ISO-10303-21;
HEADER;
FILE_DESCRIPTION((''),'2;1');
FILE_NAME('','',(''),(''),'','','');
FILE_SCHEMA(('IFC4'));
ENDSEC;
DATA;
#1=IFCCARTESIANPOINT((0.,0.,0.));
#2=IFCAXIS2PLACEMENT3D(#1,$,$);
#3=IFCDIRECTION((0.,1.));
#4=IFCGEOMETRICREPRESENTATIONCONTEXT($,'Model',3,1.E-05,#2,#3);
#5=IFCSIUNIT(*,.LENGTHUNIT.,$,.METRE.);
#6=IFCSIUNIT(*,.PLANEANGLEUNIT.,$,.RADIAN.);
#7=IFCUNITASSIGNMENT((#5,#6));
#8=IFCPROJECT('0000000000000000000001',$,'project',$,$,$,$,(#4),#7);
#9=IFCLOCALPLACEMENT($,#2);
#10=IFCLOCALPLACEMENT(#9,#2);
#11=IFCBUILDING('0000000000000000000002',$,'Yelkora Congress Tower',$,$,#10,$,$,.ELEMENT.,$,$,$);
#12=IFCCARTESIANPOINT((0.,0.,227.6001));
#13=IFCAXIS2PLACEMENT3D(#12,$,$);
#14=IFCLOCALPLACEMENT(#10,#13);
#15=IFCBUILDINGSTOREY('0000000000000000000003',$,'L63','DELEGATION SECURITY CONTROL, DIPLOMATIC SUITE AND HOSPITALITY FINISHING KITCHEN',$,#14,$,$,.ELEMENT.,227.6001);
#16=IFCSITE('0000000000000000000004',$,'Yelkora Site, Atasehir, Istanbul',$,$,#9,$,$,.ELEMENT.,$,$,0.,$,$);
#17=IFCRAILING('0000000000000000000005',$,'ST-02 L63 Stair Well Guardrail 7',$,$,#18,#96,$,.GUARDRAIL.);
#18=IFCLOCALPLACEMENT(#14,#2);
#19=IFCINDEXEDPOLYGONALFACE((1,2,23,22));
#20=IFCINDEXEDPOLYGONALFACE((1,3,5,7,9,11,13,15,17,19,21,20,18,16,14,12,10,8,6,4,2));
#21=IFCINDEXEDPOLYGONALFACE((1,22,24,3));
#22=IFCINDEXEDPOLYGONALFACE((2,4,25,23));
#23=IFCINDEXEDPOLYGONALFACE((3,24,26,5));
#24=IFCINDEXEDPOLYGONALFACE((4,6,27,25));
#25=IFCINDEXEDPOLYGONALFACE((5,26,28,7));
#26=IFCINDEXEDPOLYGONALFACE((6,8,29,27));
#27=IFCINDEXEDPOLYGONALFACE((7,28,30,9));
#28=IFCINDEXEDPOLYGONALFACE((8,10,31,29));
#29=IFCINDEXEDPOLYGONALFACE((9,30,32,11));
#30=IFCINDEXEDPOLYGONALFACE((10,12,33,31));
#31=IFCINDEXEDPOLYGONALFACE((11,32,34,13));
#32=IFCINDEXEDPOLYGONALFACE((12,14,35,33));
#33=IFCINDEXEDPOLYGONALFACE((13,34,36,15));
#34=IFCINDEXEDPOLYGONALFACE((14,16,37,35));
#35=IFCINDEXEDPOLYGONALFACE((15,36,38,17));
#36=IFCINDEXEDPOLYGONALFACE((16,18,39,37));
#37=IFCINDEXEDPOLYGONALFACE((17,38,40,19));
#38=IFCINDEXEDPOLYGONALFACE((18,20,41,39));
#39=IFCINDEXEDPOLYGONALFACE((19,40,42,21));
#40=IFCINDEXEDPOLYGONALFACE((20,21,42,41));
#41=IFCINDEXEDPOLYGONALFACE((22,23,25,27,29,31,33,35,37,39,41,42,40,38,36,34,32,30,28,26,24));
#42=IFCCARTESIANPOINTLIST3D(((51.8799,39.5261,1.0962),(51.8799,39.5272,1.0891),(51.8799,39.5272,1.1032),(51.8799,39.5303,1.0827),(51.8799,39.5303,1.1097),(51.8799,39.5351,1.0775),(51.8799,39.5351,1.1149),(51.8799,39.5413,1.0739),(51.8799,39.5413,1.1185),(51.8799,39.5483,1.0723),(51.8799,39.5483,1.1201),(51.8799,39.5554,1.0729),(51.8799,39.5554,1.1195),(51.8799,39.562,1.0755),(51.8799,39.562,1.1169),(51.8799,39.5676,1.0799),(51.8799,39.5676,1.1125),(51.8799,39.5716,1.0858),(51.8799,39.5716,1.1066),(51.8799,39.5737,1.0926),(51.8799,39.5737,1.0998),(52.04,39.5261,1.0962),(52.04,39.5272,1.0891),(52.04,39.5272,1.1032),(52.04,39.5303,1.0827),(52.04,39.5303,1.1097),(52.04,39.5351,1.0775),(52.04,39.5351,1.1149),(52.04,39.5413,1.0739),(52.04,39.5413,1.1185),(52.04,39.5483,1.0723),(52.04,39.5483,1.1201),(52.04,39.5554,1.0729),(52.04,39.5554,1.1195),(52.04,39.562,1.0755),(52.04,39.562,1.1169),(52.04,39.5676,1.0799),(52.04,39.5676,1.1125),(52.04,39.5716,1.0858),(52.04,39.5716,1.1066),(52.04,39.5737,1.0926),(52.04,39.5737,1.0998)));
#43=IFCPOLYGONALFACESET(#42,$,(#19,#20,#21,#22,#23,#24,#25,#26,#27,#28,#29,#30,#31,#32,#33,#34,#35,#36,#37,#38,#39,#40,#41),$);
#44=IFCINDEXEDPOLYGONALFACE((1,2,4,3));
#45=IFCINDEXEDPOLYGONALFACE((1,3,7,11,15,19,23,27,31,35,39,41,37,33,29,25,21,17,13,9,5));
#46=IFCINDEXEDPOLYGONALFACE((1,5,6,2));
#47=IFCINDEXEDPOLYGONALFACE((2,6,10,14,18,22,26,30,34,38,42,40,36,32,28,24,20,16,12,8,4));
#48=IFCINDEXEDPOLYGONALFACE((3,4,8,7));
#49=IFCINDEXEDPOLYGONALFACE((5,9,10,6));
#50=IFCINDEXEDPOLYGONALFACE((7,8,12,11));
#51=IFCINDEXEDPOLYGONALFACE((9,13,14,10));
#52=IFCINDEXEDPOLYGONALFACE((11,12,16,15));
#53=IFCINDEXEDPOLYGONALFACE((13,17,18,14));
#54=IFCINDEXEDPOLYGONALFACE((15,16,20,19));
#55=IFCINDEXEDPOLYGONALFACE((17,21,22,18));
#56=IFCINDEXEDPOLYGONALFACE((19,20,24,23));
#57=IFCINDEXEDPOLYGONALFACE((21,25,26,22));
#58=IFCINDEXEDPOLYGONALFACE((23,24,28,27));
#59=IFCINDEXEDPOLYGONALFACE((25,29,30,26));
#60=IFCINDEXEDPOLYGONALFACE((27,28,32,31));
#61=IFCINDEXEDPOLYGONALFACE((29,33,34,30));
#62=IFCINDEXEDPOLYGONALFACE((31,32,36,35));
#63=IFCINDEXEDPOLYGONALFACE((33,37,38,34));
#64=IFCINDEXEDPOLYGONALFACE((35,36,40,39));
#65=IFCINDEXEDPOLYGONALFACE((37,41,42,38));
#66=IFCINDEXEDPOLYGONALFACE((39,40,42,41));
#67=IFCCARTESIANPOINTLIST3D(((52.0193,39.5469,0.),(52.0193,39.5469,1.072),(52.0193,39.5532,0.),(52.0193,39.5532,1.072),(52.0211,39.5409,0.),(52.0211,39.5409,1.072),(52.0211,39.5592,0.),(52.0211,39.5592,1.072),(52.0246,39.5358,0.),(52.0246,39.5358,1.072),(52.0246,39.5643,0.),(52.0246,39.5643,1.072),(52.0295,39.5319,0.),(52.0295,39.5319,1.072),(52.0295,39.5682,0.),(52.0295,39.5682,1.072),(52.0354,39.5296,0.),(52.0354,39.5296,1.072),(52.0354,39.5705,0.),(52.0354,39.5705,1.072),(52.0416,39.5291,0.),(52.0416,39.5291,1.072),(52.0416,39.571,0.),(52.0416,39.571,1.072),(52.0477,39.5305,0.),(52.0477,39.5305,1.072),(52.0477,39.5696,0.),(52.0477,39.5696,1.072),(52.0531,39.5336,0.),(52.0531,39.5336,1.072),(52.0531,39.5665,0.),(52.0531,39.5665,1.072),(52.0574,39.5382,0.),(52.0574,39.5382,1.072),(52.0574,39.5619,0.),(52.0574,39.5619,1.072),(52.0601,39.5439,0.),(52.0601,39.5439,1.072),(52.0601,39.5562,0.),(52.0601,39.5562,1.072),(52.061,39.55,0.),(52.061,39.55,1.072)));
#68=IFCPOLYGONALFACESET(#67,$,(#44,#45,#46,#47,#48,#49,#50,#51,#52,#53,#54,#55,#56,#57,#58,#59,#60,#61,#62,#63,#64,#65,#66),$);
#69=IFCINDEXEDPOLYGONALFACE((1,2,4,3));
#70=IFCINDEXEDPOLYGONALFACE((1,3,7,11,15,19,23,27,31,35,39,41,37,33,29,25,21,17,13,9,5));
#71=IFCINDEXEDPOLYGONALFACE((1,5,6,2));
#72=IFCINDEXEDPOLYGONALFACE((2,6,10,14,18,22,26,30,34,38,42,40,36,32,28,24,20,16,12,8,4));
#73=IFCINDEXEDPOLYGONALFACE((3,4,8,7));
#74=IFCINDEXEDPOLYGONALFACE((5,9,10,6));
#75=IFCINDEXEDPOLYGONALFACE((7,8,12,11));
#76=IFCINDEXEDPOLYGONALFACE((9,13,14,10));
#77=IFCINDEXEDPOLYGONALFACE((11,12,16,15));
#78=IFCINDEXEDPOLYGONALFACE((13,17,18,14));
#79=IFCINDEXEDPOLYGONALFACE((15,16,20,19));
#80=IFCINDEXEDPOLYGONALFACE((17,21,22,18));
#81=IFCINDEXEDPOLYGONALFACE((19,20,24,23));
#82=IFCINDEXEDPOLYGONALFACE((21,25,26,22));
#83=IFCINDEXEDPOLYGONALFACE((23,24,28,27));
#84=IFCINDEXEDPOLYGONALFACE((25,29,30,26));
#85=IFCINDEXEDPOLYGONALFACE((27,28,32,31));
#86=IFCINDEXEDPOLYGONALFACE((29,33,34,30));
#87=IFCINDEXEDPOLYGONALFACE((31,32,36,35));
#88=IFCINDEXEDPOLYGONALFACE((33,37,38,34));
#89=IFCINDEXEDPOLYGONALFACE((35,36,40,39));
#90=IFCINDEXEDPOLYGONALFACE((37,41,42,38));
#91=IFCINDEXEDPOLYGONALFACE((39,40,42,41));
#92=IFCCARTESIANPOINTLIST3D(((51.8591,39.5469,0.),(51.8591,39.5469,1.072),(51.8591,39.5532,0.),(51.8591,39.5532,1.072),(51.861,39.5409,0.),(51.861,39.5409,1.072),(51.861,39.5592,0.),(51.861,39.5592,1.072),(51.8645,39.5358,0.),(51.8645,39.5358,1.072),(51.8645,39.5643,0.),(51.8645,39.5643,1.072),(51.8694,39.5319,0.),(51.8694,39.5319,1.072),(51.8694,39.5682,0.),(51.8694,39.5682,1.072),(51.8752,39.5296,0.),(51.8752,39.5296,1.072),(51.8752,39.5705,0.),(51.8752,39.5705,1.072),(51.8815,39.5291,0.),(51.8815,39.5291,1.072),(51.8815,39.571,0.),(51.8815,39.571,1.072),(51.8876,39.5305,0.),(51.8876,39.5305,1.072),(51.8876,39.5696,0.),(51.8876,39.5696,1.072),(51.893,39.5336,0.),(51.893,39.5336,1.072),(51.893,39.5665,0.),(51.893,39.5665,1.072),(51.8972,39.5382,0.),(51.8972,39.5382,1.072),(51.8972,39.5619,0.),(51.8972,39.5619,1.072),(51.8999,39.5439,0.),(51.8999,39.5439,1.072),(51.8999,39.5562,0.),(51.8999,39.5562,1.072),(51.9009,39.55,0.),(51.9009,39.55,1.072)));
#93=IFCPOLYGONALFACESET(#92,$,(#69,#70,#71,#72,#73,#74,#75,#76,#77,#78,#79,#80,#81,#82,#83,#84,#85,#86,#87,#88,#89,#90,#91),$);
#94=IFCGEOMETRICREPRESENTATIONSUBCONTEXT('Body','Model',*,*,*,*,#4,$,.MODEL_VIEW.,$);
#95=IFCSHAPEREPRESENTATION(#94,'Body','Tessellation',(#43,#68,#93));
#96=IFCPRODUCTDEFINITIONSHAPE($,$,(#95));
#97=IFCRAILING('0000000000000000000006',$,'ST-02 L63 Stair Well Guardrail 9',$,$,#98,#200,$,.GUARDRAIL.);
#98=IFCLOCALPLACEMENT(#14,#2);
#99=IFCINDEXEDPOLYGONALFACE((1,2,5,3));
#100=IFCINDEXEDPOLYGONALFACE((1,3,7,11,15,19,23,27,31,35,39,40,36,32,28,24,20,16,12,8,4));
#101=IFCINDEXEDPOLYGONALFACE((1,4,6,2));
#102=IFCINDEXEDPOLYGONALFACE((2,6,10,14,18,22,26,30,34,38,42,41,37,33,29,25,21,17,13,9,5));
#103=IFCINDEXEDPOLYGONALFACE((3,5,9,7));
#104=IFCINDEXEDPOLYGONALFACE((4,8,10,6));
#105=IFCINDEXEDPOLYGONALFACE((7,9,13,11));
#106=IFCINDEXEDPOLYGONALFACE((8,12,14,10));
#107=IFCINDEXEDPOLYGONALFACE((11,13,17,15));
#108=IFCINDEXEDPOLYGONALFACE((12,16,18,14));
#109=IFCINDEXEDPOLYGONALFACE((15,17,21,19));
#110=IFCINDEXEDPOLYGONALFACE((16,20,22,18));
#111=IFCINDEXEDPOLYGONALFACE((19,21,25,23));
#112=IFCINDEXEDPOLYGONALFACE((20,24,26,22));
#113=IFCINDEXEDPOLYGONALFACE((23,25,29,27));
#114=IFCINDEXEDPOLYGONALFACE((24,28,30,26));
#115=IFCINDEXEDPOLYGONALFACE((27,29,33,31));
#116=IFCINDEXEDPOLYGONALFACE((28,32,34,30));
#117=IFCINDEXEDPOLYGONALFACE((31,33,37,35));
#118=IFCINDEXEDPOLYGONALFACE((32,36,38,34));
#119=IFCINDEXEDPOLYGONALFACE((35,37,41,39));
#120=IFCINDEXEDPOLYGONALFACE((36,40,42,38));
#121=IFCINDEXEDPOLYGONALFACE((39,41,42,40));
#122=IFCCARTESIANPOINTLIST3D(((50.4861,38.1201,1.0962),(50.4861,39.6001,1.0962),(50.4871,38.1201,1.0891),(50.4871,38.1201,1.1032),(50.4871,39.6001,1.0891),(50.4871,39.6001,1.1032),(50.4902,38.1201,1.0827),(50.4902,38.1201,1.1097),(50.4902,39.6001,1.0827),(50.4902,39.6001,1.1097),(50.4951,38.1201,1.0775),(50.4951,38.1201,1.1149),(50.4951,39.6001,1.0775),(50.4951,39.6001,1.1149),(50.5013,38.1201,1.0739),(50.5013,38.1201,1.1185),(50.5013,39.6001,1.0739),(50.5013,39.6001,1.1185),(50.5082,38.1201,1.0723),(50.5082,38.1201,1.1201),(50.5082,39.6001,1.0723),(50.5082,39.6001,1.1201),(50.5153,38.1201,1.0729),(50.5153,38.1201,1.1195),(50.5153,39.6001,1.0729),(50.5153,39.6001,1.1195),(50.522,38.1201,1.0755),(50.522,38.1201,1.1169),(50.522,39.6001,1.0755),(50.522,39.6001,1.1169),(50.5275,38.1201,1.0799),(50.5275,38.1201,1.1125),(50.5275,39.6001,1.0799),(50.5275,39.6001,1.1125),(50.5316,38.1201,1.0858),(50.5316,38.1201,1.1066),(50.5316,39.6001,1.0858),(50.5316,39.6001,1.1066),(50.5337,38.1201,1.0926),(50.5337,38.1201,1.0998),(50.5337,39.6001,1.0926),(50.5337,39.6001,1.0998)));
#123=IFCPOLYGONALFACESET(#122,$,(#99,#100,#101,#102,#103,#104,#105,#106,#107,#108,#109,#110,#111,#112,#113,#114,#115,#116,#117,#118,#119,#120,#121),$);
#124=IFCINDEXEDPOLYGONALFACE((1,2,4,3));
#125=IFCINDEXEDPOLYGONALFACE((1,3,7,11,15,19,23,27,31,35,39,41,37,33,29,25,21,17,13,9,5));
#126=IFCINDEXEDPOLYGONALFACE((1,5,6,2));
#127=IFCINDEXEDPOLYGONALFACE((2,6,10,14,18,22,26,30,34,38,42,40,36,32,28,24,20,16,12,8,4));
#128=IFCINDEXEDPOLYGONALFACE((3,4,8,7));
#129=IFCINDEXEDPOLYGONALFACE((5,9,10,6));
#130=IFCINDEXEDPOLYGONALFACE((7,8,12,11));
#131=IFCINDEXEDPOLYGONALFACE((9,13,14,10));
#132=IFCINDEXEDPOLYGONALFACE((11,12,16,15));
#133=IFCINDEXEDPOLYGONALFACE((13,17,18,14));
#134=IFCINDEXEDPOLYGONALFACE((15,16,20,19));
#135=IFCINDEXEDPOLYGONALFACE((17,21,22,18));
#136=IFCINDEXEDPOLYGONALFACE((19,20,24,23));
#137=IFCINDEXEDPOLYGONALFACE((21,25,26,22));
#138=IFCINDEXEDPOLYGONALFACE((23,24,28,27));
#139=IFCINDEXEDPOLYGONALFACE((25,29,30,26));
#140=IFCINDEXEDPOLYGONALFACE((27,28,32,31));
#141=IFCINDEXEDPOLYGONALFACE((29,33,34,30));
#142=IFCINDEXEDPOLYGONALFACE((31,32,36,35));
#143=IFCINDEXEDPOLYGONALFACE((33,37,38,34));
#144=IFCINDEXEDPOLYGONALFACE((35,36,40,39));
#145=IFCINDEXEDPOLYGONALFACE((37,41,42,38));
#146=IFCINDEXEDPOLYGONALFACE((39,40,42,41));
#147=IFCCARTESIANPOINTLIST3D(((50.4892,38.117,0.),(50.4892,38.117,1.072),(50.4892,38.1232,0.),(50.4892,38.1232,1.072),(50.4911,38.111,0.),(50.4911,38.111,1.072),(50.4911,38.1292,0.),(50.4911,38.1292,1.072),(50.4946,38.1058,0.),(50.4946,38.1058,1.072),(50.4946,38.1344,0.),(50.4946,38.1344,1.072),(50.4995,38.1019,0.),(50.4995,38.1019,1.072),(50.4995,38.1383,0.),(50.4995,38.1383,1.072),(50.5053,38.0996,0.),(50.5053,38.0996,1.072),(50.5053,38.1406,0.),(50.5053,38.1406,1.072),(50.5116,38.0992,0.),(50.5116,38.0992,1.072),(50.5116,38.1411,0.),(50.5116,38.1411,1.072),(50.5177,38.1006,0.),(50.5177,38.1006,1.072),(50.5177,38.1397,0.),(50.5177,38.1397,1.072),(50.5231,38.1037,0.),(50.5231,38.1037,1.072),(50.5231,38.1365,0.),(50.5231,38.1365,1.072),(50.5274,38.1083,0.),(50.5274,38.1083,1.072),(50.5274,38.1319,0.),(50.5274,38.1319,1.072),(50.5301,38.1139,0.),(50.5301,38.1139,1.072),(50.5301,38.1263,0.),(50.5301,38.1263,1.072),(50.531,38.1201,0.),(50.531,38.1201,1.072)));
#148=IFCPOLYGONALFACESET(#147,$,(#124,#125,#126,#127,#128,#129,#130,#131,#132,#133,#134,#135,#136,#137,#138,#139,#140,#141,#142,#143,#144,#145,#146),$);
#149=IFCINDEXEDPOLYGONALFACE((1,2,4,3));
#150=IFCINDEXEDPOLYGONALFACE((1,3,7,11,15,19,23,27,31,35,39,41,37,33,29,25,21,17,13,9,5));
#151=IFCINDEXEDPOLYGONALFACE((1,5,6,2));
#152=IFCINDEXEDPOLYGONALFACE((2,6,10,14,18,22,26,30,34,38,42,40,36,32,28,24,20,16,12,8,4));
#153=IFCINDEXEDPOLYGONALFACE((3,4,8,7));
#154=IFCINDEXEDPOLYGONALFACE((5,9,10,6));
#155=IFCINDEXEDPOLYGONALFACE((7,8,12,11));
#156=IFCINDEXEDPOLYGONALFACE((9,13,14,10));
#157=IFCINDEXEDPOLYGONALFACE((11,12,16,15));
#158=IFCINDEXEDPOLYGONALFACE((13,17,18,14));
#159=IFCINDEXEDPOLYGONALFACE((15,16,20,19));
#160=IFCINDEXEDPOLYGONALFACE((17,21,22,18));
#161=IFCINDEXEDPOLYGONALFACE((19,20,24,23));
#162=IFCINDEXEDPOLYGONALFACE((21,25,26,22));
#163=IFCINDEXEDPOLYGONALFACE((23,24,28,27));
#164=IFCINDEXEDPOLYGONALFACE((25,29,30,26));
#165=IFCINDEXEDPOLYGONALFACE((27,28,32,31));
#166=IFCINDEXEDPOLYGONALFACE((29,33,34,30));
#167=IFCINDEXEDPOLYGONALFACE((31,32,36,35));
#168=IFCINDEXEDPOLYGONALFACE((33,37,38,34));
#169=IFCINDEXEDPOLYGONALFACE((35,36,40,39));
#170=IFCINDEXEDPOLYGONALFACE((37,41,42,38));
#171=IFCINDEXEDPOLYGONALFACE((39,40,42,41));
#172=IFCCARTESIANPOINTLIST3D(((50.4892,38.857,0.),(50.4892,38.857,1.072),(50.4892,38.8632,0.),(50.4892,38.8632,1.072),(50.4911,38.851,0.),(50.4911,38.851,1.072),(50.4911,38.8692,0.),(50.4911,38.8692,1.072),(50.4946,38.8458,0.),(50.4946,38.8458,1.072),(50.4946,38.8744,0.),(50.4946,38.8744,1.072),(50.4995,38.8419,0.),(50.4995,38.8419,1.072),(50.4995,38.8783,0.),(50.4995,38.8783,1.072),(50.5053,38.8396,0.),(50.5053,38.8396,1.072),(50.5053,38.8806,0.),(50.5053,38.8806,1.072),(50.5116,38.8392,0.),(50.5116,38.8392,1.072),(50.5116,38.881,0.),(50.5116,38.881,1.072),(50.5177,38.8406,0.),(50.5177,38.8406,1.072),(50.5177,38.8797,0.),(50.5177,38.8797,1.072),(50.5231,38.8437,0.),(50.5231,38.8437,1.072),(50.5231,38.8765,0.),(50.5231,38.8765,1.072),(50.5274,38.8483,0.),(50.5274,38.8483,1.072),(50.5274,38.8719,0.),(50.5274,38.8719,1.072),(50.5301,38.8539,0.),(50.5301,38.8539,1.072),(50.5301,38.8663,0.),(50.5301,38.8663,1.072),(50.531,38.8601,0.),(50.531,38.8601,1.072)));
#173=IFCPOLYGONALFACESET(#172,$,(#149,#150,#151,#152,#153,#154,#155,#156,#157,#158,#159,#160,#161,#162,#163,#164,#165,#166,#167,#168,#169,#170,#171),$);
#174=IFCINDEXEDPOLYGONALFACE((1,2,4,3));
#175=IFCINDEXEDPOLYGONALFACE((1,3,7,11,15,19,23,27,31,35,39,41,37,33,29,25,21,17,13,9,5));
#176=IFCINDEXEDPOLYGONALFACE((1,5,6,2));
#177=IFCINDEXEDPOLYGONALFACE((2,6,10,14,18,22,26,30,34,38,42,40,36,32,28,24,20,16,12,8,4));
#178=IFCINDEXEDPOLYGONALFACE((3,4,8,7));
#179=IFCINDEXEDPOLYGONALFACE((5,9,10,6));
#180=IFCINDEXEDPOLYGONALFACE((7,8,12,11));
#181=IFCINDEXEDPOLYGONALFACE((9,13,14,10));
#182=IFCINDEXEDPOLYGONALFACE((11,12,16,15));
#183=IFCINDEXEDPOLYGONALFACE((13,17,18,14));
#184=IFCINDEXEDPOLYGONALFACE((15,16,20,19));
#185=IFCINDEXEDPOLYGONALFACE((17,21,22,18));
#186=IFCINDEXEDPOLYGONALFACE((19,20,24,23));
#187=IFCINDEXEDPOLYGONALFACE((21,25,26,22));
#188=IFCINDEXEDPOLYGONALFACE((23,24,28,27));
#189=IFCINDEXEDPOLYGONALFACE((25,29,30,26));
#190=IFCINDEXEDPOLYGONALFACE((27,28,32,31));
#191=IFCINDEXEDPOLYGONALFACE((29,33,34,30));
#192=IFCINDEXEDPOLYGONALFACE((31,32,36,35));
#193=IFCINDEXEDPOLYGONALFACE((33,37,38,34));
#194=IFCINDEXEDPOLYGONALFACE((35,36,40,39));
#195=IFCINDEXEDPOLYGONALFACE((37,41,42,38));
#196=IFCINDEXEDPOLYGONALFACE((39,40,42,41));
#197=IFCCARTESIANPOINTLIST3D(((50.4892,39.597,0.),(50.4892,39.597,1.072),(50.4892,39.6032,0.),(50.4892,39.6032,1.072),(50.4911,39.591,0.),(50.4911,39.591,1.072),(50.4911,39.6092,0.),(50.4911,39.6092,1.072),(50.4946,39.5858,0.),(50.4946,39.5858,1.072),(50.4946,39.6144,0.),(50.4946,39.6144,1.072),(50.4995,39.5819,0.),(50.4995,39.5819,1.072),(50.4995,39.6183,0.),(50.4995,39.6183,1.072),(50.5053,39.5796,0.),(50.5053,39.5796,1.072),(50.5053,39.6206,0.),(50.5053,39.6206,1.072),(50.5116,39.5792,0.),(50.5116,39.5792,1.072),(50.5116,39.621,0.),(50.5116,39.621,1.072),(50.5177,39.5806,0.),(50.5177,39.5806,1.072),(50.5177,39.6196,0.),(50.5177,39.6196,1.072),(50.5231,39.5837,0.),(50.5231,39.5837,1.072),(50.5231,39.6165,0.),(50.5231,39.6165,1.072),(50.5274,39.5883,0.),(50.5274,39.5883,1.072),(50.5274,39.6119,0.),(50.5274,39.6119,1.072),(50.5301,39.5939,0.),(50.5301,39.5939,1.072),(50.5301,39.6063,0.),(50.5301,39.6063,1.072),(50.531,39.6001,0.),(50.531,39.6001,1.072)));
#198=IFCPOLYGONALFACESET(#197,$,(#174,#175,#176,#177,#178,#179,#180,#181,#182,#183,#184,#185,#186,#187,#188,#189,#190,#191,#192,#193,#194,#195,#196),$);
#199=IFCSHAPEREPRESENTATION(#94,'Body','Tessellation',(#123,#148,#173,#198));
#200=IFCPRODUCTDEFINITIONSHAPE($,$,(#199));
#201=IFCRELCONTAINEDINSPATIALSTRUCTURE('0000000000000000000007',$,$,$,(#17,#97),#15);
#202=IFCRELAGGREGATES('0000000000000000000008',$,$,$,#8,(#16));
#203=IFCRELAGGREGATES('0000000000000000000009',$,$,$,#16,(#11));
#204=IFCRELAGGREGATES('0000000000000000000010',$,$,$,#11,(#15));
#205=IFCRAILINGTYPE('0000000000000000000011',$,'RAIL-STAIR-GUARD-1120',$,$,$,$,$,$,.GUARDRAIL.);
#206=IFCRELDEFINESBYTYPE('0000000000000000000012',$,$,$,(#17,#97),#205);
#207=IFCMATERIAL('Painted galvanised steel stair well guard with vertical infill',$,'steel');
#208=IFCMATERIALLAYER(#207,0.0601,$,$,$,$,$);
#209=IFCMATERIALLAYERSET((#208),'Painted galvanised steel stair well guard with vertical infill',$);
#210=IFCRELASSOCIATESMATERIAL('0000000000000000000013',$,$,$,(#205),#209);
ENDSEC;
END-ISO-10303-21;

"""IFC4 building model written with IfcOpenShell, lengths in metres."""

from ifc_helpers import new_model, si_unit, direction, frame, origin, origin_2d, place, context, subcontext, project, spatial, circle, extrude, material, layer, layer_set, type_object, element, save


model = new_model("IFC4")

# Units and contexts
model_context = context("Model", 3, precision=1e-05, world=origin(), true_north=direction((0.0, 1.0)))
body_context = subcontext(model_context, "Body", "Model", "MODEL_VIEW")
ifc_project = project(units=[si_unit("LENGTHUNIT", "METRE"), si_unit("PLANEANGLEUNIT", "RADIAN")], contexts=[model_context])

# Site, building, storey
site_placement = place(None, origin())
site = spatial("IfcSite", under=ifc_project, at=site_placement, Name="Yelkora Site, Atasehir, Istanbul", CompositionType="ELEMENT", RefElevation=0.0)
building_placement = place(site_placement, origin())
building = spatial("IfcBuilding", under=site, at=building_placement, Name="Yelkora Congress Tower", CompositionType="ELEMENT")
storey_placement = place(building_placement, frame((0.0, 0.0, 227.6001)))
storey = spatial("IfcBuildingStorey", under=building, at=storey_placement, Name="L63", Description="DELEGATION SECURITY CONTROL, DIPLOMATIC SUITE AND HOSPITALITY FINISHING KITCHEN", CompositionType="ELEMENT", Elevation=227.6001)

# Railings
ifc_material_1 = material(Name="Painted galvanised steel stair well guard with vertical infill", Category="steel")
ifc_layer_1 = layer(ifc_material_1, 0.0601)
ifc_layer_set_1 = layer_set([ifc_layer_1], Name="Painted galvanised steel stair well guard with vertical infill")
railing_type_1 = type_object("IfcRailingType", Name="RAIL-STAIR-GUARD-1120", PredefinedType="GUARDRAIL", material=ifc_layer_set_1)
railing_1_placement = place(storey_placement, frame((52.04, 39.55, 0.0)))
element("IfcRailing", 1, at=railing_1_placement, inside=storey, type_object=railing_type_1, Name="ST-02 L63 Stair Well Guardrail 7", PredefinedType="GUARDRAIL", context=body_context, shape_type="SweptSolid", body=[
    extrude(circle(Radius=0.0239, at=origin_2d()), frame((0.0, 0.0, 1.0962), z_axis=(-1.0, 0.0, 0.0), x_axis=(0.0, -1.0, 0.0)), (0.0, 0.0, 1.0), 0.1602),
    extrude(circle(Radius=0.021, at=origin_2d()), origin(), (0.0, 0.0, 1.0), 1.072),
    extrude(circle(Radius=0.021, at=origin_2d()), frame((-0.1602, 0.0, 0.0)), (0.0, 0.0, 1.0), 1.072),
])
railing_2_placement = place(storey_placement, frame((50.51, 38.1201, 0.0)))
element("IfcRailing", 2, at=railing_2_placement, inside=storey, type_object=railing_type_1, Name="ST-02 L63 Stair Well Guardrail 9", PredefinedType="GUARDRAIL", context=body_context, shape_type="SweptSolid", body=[
    extrude(circle(Radius=0.0239, at=origin_2d()), frame((0.0, 0.0, 1.0962), z_axis=(0.0, 1.0, 0.0), x_axis=(-1.0, 0.0, 0.0)), (0.0, 0.0, 1.0), 1.48),
    extrude(circle(Radius=0.021, at=origin_2d()), origin(), (0.0, 0.0, 1.0), 1.072),
    extrude(circle(Radius=0.021, at=origin_2d()), frame((0.0, 0.74, 0.0)), (0.0, 0.0, 1.0), 1.072),
    extrude(circle(Radius=0.021, at=origin_2d()), frame((0.0, 1.48, 0.0)), (0.0, 0.0, 1.0), 1.072),
])

save(model, "model.ifc")
